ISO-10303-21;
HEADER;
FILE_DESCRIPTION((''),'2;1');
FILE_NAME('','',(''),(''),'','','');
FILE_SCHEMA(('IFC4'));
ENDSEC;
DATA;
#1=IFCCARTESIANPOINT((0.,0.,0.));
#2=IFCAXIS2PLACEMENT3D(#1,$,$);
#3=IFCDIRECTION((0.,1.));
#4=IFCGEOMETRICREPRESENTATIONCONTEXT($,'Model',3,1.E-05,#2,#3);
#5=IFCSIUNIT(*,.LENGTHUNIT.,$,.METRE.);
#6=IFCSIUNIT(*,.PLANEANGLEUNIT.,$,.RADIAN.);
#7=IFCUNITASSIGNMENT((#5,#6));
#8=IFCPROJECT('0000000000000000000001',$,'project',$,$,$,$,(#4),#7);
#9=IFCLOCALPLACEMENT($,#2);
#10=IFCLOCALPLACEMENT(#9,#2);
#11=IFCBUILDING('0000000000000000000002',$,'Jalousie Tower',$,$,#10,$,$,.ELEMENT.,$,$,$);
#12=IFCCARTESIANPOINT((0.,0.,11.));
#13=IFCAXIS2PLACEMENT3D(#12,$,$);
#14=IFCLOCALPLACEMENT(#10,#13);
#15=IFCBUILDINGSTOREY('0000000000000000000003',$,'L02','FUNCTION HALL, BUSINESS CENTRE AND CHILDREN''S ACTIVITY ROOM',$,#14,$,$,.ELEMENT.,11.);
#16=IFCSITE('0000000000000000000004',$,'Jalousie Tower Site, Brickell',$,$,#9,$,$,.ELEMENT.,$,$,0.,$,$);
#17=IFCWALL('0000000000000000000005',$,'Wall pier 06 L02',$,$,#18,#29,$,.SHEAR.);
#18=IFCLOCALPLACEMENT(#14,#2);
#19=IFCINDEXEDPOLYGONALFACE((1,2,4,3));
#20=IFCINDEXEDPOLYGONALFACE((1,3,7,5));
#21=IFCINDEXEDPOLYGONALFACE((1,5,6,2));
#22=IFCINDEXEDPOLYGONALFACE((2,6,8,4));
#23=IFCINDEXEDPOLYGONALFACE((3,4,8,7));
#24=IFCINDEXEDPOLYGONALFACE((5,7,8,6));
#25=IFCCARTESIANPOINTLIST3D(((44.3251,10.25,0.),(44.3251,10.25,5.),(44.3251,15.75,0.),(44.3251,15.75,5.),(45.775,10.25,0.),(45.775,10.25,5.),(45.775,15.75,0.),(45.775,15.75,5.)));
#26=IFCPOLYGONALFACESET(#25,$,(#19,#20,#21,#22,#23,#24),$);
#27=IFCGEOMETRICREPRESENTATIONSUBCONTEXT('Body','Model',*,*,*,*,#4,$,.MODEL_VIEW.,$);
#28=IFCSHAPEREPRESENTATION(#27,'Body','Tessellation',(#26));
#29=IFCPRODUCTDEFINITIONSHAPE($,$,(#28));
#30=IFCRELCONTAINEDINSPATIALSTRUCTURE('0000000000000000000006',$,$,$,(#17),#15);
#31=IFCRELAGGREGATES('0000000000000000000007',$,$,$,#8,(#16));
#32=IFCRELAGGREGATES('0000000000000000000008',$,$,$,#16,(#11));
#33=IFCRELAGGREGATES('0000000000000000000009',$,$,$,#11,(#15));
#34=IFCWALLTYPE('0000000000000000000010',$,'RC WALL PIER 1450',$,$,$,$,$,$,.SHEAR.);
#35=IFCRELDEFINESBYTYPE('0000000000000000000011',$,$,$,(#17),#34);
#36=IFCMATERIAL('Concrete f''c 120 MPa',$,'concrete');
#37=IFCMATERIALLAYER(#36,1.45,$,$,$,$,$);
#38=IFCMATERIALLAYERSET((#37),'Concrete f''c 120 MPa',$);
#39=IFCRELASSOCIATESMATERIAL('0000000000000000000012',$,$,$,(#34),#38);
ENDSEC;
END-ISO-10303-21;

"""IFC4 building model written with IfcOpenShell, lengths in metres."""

from ifc_helpers import new_model, si_unit, direction, frame, frame_2d, origin, place, context, subcontext, project, spatial, rectangle, extrude, material, layer, layer_set, type_object, element, save


model = new_model("IFC4")

# Units and contexts
model_context = context("Model", 3, precision=1e-05, world=origin(), true_north=direction((0.0, 1.0)))
body_context = subcontext(model_context, "Body", "Model", "MODEL_VIEW")
ifc_project = project(units=[si_unit("LENGTHUNIT", "METRE"), si_unit("PLANEANGLEUNIT", "RADIAN")], contexts=[model_context])

# Site, building, storey
site_placement = place(None, origin())
site = spatial("IfcSite", under=ifc_project, at=site_placement, Name="Jalousie Tower Site, Brickell", CompositionType="ELEMENT", RefElevation=0.0)
building_placement = place(site_placement, origin())
building = spatial("IfcBuilding", under=site, at=building_placement, Name="Jalousie Tower", CompositionType="ELEMENT")
storey_placement = place(building_placement, frame((0.0, 0.0, 11.0)))
storey = spatial("IfcBuildingStorey", under=building, at=storey_placement, Name="L02", Description="FUNCTION HALL, BUSINESS CENTRE AND CHILDREN'S ACTIVITY ROOM", CompositionType="ELEMENT", Elevation=11.0)

# Wall
ifc_material_1 = material(Name="Concrete f'c 120 MPa", Category="concrete")
ifc_layer_1 = layer(ifc_material_1, 1.45)
ifc_layer_set_1 = layer_set([ifc_layer_1], Name="Concrete f'c 120 MPa")
wall_type_1 = type_object("IfcWallType", Name="RC WALL PIER 1450", PredefinedType="SHEAR", material=ifc_layer_set_1)
for number, where, z_axis, x_axis, name in (
    (1, (45.05, 10.25, 0.0), (0.0, 0.0, 1.0), (0.0, 1.0, 0.0), "Wall pier 06 L02"),
):
    element("IfcWall", number, at=place(storey_placement, frame(where, z_axis=z_axis, x_axis=x_axis)), inside=storey, type_object=wall_type_1, Name=name, PredefinedType="SHEAR", context=body_context, shape_type="SweptSolid", body=[
        extrude(rectangle(XDim=5.5, YDim=1.45, at=frame_2d((2.75, 0.0))), origin(), (0.0, 0.0, 1.0), 5.0),
    ])

save(model, "model.ifc")
